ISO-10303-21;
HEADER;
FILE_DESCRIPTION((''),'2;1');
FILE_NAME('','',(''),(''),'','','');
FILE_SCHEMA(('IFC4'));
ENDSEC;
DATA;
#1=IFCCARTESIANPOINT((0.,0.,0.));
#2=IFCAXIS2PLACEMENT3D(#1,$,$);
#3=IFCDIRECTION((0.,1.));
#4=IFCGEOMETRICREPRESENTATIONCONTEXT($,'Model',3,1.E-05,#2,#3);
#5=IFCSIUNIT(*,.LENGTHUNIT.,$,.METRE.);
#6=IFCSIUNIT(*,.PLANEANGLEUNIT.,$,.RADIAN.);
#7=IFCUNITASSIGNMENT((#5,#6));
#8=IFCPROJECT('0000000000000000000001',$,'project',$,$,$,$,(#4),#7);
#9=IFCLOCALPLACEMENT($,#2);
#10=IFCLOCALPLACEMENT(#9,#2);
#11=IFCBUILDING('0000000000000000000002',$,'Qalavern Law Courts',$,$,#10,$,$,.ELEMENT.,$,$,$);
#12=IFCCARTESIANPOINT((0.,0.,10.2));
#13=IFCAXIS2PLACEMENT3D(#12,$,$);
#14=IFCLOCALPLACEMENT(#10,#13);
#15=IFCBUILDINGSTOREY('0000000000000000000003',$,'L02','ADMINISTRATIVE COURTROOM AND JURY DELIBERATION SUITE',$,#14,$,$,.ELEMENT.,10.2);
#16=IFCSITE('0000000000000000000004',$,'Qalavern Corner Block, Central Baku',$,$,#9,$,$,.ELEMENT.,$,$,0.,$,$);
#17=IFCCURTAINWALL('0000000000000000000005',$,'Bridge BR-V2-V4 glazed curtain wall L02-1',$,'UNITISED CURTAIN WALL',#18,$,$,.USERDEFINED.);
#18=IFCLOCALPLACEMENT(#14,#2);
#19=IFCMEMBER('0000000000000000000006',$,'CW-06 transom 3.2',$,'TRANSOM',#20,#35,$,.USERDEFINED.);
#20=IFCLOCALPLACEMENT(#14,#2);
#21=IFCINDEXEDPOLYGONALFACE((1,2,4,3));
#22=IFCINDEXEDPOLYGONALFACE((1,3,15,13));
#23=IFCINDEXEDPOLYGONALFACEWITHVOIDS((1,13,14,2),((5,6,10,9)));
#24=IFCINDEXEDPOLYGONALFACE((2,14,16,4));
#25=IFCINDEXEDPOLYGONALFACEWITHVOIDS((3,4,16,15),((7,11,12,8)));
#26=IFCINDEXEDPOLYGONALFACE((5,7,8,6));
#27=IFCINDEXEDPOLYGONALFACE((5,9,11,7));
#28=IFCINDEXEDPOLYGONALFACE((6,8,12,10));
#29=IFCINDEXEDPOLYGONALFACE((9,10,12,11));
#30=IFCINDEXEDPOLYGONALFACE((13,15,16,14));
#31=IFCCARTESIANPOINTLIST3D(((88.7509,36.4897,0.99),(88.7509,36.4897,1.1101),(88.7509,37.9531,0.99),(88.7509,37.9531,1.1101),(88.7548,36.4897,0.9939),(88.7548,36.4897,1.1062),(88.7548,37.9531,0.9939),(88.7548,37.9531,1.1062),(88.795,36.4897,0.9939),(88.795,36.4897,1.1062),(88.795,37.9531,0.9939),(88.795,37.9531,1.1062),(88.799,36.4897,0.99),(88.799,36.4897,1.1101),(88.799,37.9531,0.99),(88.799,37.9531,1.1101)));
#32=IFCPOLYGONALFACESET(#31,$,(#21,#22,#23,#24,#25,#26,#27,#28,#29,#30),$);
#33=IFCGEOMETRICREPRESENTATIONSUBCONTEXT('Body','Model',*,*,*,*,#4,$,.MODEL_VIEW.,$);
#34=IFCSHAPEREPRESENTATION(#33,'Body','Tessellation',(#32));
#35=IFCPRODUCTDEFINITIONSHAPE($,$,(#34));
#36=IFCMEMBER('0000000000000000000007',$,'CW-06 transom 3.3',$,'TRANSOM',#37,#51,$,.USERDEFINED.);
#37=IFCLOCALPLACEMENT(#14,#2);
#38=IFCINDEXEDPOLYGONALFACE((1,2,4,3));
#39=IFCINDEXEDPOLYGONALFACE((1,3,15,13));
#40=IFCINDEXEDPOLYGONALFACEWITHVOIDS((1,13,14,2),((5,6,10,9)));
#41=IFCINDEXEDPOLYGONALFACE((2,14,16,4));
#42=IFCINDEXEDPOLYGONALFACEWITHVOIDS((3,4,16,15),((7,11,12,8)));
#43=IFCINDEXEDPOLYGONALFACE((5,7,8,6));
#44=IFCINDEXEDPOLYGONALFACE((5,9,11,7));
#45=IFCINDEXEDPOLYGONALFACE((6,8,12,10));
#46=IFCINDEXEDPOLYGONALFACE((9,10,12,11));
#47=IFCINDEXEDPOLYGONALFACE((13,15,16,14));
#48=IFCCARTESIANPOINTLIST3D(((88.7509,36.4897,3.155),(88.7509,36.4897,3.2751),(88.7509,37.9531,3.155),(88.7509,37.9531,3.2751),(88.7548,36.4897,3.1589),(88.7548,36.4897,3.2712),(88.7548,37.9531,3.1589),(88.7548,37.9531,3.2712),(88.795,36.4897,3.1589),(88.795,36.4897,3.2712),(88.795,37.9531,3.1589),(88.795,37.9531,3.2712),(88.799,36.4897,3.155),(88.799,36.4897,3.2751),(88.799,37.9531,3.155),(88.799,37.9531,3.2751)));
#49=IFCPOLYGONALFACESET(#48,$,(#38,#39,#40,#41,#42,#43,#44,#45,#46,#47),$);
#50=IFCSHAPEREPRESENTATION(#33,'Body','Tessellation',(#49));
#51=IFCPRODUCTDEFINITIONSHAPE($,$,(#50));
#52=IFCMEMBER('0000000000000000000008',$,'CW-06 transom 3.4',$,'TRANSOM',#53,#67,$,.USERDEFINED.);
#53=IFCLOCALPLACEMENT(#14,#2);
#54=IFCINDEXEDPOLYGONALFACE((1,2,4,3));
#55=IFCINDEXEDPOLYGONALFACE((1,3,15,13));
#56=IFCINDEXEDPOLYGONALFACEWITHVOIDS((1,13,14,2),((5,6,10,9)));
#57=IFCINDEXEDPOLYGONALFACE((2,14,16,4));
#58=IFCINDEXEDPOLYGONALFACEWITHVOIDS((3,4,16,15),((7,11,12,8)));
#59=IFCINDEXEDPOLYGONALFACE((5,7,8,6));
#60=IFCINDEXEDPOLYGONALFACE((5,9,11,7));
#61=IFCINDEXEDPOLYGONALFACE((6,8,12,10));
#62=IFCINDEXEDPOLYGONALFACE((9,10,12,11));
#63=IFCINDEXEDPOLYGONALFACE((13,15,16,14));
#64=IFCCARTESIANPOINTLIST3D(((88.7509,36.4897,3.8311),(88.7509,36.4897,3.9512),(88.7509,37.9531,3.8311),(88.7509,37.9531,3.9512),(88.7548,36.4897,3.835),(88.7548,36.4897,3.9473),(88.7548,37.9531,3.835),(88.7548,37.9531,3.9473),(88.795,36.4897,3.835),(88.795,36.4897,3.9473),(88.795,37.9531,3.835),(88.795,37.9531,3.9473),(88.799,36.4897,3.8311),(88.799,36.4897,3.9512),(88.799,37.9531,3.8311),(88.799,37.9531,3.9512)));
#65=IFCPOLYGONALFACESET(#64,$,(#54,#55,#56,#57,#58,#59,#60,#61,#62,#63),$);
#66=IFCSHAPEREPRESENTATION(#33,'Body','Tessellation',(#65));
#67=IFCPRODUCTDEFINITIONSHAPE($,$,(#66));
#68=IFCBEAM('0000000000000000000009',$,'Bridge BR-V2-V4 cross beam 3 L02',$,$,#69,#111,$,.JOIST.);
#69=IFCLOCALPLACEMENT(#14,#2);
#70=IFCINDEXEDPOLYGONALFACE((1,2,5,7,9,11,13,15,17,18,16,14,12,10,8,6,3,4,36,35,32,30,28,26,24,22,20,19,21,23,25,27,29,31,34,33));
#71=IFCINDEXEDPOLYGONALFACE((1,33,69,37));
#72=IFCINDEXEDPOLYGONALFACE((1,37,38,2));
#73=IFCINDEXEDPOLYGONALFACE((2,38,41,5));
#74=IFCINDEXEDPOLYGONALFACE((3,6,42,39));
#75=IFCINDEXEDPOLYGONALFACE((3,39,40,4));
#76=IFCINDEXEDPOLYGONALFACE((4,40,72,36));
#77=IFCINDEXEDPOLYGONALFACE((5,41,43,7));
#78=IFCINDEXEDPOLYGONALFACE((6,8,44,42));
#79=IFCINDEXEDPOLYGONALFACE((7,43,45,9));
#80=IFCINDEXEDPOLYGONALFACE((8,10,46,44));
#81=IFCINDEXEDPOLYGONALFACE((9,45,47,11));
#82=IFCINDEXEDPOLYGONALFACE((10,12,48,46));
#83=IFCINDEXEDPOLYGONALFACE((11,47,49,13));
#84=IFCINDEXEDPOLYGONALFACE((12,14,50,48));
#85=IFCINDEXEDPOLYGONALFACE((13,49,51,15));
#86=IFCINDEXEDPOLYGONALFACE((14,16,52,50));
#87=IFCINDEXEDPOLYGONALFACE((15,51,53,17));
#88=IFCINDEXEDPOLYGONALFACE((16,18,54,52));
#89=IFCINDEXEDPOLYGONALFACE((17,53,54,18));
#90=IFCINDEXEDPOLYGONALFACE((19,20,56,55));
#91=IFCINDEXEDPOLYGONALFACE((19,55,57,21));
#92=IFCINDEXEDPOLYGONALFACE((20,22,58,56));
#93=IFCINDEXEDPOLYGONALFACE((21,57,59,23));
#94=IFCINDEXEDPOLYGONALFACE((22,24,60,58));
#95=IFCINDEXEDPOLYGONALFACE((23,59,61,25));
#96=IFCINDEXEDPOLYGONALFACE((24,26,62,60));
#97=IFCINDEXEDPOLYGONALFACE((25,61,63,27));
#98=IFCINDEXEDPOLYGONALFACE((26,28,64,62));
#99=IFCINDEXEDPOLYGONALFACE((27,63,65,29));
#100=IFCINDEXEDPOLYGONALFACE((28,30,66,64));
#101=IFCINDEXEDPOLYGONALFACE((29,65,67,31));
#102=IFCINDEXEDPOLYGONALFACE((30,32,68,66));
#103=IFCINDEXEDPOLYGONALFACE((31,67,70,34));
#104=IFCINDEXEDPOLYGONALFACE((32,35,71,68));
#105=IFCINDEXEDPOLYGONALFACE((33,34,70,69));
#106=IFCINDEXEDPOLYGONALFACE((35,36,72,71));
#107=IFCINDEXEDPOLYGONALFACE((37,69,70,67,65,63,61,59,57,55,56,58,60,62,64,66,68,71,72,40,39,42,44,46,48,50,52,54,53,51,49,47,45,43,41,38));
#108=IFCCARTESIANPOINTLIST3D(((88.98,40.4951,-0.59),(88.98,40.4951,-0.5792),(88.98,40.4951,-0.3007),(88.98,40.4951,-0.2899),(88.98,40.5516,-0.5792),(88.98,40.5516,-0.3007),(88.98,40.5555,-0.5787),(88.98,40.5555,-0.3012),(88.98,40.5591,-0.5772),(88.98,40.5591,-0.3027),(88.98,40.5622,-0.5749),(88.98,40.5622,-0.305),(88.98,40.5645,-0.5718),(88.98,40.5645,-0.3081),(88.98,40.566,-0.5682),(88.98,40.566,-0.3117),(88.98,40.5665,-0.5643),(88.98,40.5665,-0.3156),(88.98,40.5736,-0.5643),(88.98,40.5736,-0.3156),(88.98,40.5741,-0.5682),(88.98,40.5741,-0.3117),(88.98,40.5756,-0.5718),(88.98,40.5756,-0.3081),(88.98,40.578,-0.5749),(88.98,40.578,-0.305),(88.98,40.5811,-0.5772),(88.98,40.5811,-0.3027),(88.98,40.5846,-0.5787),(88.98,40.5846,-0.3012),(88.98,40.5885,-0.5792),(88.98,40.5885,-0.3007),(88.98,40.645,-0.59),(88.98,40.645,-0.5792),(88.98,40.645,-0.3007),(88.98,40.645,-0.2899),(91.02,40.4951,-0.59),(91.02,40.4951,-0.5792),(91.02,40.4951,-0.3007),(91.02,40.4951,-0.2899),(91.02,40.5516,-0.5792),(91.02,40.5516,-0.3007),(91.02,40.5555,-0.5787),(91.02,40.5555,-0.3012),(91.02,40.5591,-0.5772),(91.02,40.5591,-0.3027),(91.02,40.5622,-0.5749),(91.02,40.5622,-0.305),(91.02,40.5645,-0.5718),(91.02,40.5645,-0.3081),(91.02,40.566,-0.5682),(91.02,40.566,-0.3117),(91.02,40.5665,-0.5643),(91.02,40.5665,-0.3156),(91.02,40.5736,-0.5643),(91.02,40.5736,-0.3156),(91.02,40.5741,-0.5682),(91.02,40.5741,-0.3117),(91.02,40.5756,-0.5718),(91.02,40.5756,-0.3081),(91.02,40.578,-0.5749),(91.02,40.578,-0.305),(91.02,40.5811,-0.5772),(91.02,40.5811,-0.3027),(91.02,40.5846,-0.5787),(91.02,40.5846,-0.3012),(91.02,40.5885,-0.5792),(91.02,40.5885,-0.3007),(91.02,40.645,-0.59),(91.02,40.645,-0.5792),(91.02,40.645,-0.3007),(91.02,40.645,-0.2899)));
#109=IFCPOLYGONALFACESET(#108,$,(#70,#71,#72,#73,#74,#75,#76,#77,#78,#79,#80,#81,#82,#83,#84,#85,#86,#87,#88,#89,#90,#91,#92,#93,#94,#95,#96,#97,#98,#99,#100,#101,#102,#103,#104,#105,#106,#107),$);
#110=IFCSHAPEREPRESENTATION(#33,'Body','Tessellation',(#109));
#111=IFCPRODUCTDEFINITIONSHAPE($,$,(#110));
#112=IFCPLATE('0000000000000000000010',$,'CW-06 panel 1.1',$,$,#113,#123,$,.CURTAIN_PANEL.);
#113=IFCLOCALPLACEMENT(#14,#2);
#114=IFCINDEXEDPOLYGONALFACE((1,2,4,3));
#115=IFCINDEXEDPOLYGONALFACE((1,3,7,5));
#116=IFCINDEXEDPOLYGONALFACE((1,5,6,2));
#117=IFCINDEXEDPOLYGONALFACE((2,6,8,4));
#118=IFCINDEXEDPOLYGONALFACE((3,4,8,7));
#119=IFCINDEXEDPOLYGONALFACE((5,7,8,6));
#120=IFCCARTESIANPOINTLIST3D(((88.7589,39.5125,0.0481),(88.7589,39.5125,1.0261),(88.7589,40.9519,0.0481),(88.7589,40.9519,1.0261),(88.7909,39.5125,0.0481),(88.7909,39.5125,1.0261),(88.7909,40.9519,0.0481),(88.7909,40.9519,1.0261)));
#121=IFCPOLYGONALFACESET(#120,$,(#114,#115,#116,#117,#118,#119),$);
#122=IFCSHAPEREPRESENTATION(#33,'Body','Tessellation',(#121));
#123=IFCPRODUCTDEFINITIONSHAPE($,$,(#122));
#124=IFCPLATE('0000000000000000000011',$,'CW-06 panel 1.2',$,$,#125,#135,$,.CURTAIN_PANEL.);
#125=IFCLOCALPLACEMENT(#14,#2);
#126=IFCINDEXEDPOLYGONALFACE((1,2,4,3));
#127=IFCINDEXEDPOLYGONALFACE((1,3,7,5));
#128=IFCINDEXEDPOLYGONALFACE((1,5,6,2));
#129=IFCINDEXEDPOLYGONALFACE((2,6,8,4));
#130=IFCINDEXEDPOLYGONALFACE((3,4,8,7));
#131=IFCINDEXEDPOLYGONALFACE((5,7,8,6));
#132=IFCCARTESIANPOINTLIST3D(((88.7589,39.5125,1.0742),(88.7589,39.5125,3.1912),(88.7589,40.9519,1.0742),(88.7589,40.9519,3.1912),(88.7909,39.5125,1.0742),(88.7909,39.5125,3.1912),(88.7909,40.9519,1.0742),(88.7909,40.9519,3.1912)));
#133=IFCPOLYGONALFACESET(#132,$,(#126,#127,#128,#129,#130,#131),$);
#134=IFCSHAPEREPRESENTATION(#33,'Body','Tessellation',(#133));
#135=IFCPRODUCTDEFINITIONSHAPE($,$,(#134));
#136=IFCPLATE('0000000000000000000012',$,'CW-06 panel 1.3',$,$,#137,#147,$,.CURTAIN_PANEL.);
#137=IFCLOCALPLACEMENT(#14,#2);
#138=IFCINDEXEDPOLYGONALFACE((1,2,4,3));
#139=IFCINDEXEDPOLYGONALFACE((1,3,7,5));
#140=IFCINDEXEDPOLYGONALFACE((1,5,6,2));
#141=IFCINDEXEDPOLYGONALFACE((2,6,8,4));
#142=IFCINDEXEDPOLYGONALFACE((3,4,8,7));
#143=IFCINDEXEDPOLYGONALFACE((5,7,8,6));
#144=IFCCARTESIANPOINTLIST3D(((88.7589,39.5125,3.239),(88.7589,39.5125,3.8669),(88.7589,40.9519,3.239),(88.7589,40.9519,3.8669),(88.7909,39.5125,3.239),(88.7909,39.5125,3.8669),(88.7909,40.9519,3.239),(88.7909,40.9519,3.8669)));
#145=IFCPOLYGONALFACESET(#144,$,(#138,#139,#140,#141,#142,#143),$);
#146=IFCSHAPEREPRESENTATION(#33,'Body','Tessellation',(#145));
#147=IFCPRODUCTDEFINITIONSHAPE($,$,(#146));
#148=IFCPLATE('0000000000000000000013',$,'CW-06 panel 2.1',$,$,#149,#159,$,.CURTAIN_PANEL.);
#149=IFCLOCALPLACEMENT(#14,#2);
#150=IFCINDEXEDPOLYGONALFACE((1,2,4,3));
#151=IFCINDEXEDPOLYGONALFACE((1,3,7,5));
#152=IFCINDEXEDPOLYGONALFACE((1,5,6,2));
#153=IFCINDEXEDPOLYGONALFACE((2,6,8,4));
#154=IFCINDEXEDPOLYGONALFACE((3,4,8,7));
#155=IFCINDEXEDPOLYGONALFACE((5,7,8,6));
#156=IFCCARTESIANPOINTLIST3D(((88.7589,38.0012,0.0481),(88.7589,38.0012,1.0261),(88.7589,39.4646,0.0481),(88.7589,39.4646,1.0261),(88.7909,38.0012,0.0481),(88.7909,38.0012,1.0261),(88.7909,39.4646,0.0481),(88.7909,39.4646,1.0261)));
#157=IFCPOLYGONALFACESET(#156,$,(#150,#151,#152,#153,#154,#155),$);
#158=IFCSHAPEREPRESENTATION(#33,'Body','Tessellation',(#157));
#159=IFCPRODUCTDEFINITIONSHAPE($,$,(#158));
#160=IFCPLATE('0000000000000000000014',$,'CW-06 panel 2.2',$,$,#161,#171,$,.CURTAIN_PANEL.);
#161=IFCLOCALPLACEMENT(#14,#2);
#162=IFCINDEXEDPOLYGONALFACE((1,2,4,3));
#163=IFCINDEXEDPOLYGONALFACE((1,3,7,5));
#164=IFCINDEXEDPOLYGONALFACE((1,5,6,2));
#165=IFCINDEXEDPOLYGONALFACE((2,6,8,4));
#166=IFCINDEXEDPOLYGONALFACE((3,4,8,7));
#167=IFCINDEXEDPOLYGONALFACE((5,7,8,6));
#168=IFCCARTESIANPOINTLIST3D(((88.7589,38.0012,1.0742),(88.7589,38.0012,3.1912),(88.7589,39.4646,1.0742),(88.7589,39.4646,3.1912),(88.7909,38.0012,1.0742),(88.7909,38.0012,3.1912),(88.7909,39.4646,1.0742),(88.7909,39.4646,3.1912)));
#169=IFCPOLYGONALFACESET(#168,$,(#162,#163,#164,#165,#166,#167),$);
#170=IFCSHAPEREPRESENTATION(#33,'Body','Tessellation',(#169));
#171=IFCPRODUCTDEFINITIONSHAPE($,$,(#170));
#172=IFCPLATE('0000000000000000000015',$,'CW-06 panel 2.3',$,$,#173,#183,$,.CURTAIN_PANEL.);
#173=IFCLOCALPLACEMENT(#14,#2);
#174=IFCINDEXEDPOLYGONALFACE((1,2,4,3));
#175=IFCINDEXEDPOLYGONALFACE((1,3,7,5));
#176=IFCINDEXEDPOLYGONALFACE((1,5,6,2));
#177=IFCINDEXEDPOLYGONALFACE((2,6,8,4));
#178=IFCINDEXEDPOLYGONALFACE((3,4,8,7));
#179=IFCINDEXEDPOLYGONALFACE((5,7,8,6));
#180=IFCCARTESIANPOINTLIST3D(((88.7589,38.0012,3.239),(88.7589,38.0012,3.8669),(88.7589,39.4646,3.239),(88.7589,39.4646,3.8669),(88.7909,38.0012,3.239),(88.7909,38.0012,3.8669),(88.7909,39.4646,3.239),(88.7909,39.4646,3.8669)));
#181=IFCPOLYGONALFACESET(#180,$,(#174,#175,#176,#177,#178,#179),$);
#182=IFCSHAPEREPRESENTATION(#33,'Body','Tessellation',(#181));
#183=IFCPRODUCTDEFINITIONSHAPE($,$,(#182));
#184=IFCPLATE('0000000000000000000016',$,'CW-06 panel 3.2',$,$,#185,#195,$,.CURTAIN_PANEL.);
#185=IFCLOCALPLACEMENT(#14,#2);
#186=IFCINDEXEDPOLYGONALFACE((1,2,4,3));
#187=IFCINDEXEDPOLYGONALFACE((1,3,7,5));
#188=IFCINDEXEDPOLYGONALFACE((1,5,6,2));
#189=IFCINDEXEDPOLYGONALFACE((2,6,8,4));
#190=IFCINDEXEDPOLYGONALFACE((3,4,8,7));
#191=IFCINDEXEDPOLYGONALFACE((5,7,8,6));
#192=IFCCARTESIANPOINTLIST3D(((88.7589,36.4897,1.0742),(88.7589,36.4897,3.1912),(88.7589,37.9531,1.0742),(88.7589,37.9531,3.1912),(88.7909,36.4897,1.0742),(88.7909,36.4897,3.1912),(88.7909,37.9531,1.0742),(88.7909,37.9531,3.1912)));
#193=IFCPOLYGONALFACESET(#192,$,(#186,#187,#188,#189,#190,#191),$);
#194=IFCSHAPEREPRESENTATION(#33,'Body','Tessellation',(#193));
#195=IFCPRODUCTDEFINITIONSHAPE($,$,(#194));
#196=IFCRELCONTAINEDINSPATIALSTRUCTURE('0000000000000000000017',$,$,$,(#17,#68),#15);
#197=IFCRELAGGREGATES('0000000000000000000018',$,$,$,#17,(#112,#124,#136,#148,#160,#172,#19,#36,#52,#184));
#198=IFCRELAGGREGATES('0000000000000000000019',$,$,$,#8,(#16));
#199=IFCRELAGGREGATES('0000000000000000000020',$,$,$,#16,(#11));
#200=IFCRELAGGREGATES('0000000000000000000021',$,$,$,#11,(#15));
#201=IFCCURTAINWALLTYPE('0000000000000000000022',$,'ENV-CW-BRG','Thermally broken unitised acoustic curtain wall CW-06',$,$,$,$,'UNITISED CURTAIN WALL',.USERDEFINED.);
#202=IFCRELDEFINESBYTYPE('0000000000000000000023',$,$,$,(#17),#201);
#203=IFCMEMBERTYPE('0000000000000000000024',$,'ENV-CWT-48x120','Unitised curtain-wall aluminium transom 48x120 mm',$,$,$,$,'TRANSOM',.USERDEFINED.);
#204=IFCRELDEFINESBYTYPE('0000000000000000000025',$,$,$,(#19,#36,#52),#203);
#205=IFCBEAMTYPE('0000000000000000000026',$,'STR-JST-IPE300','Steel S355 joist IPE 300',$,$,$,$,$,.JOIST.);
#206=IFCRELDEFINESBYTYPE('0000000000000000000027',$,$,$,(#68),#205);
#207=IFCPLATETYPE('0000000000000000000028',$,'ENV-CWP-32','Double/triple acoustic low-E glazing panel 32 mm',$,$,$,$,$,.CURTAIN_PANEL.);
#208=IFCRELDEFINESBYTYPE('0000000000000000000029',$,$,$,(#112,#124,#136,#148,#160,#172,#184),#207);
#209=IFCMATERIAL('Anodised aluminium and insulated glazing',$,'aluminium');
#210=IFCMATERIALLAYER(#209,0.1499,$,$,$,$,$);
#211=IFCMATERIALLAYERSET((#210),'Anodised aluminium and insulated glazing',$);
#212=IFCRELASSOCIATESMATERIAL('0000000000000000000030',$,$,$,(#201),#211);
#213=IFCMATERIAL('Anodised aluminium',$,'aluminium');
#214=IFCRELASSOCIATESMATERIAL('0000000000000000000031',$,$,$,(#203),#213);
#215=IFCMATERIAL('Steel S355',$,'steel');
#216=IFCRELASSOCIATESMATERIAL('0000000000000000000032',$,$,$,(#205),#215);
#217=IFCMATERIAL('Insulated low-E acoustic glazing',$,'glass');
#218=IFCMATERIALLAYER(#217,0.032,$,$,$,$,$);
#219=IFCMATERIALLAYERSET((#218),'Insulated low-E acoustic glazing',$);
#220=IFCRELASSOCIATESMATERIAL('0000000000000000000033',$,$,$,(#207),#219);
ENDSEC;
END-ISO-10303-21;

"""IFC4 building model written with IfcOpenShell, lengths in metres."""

from ifc_helpers import new_model, si_unit, direction, frame, origin, origin_2d, place, context, subcontext, project, spatial, rectangle, hollow_rectangle, i_section, extrude, material, layer, layer_set, material_profile, profile_set, type_object, element, aggregate, save


model = new_model("IFC4")

# Units and contexts
model_context = context("Model", 3, precision=1e-05, world=origin(), true_north=direction((0.0, 1.0)))
body_context = subcontext(model_context, "Body", "Model", "MODEL_VIEW")
ifc_project = project(units=[si_unit("LENGTHUNIT", "METRE"), si_unit("PLANEANGLEUNIT", "RADIAN")], contexts=[model_context])

# Site, building, storey
site_placement = place(None, origin())
site = spatial("IfcSite", under=ifc_project, at=site_placement, Name="Qalavern Corner Block, Central Baku", CompositionType="ELEMENT", RefElevation=0.0)
building_placement = place(site_placement, origin())
building = spatial("IfcBuilding", under=site, at=building_placement, Name="Qalavern Law Courts", CompositionType="ELEMENT")
storey_placement = place(building_placement, frame((0.0, 0.0, 10.2)))
storey = spatial("IfcBuildingStorey", under=building, at=storey_placement, Name="L02", Description="ADMINISTRATIVE COURTROOM AND JURY DELIBERATION SUITE", CompositionType="ELEMENT", Elevation=10.2)

# Curtain wall, members
ifc_material_1 = material(Name="Anodised aluminium and insulated glazing", Category="aluminium")
ifc_layer_1 = layer(ifc_material_1, 0.1499)
ifc_layer_set_1 = layer_set([ifc_layer_1], Name="Anodised aluminium and insulated glazing")
curtain_wall_type = type_object("IfcCurtainWallType", Name="ENV-CW-BRG", Description="Thermally broken unitised acoustic curtain wall CW-06", ElementType="UNITISED CURTAIN WALL", PredefinedType="USERDEFINED", material=ifc_layer_set_1)
curtain_wall_placement = place(storey_placement, origin())
curtain_wall = element("IfcCurtainWall", 1, at=curtain_wall_placement, inside=storey, type_object=curtain_wall_type, Name="Bridge BR-V2-V4 glazed curtain wall L02-1", ObjectType="UNITISED CURTAIN WALL", PredefinedType="USERDEFINED")
ifc_material_2 = material(Name="Anodised aluminium", Category="aluminium")
ifc_material_profile_1 = material_profile(ifc_material_2, hollow_rectangle(XDim=0.0481, YDim=0.1201, WallThickness=0.0039, at=origin_2d()), Name="ALU TRANSOM 48x120")
ifc_profile_set_1 = profile_set([ifc_material_profile_1], Name="Anodised aluminium")
member_type_1 = type_object("IfcMemberType", Name="ENV-CWT-48x120", Description="Unitised curtain-wall aluminium transom 48x120 mm", ElementType="TRANSOM", PredefinedType="USERDEFINED", material=ifc_profile_set_1)
member_1_placement = place(storey_placement, frame((88.7749, 37.9531, 1.05), z_axis=(0.0, -1.0, 0.0), x_axis=(1.0, 0.0, 0.0)))
member_1 = element("IfcMember", 2, at=member_1_placement, type_object=member_type_1, Name="CW-06 transom 3.2", ObjectType="TRANSOM", PredefinedType="USERDEFINED", context=body_context, shape_type="SweptSolid", body=[
    extrude(hollow_rectangle(XDim=0.0481, YDim=0.1201, WallThickness=0.0039, at=origin_2d()), origin(), (0.0, 0.0, 1.0), 1.4634),
])
member_2_placement = place(storey_placement, frame((88.7749, 37.9531, 3.2151), z_axis=(0.0, -1.0, 0.0), x_axis=(1.0, 0.0, 0.0)))
member_2 = element("IfcMember", 3, at=member_2_placement, type_object=member_type_1, Name="CW-06 transom 3.3", ObjectType="TRANSOM", PredefinedType="USERDEFINED", context=body_context, shape_type="SweptSolid", body=[
    extrude(hollow_rectangle(XDim=0.0481, YDim=0.1201, WallThickness=0.0039, at=origin_2d()), origin(), (0.0, 0.0, 1.0), 1.4634),
])
member_3_placement = place(storey_placement, frame((88.7749, 37.9531, 3.8911), z_axis=(0.0, -1.0, 0.0), x_axis=(1.0, 0.0, 0.0)))
member_3 = element("IfcMember", 4, at=member_3_placement, type_object=member_type_1, Name="CW-06 transom 3.4", ObjectType="TRANSOM", PredefinedType="USERDEFINED", context=body_context, shape_type="SweptSolid", body=[
    extrude(hollow_rectangle(XDim=0.0481, YDim=0.1201, WallThickness=0.0039, at=origin_2d()), origin(), (0.0, 0.0, 1.0), 1.4634),
])

# Beam
ifc_material_3 = material(Name="Steel S355", Category="steel")
ifc_material_profile_2 = material_profile(ifc_material_3, i_section(OverallWidth=0.1499, OverallDepth=0.3, WebThickness=0.0071, FlangeThickness=0.0107, FilletRadius=0.0149, at=origin_2d()), Name="IPE 300")
ifc_profile_set_2 = profile_set([ifc_material_profile_2], Name="Steel S355")
beam_type = type_object("IfcBeamType", Name="STR-JST-IPE300", Description="Steel S355 joist IPE 300", PredefinedType="JOIST", material=ifc_profile_set_2)
beam_placement = place(storey_placement, frame((88.98, 40.5701, -0.4399), z_axis=(1.0, 0.0, 0.0), x_axis=(0.0, 1.0, 0.0)))
element("IfcBeam", 5, at=beam_placement, inside=storey, type_object=beam_type, Name="Bridge BR-V2-V4 cross beam 3 L02", PredefinedType="JOIST", context=body_context, shape_type="SweptSolid", body=[
    extrude(i_section(OverallWidth=0.1499, OverallDepth=0.3, WebThickness=0.0071, FlangeThickness=0.0107, FilletRadius=0.0149, at=origin_2d()), origin(), (0.0, 0.0, 1.0), 2.04),
])

# Plates
ifc_material_4 = material(Name="Insulated low-E acoustic glazing", Category="glass")
ifc_layer_2 = layer(ifc_material_4, 0.032)
ifc_layer_set_2 = layer_set([ifc_layer_2], Name="Insulated low-E acoustic glazing")
plate_type = type_object("IfcPlateType", Name="ENV-CWP-32", Description="Double/triple acoustic low-E glazing panel 32 mm", PredefinedType="CURTAIN_PANEL", material=ifc_layer_set_2)
plate_1_placement = place(storey_placement, frame((88.7749, 40.2322, 0.0481), z_axis=(0.0, 0.0, 1.0), x_axis=(0.0, -1.0, 0.0)))
plate_1 = element("IfcPlate", 6, at=plate_1_placement, type_object=plate_type, Name="CW-06 panel 1.1", PredefinedType="CURTAIN_PANEL", context=body_context, shape_type="SweptSolid", body=[
    extrude(rectangle(XDim=1.4395, YDim=0.032, at=origin_2d()), origin(), (0.0, 0.0, 1.0), 0.978),
])
plate_2_placement = place(storey_placement, frame((88.7749, 40.2322, 1.0742), z_axis=(0.0, 0.0, 1.0), x_axis=(0.0, -1.0, 0.0)))
plate_2 = element("IfcPlate", 7, at=plate_2_placement, type_object=plate_type, Name="CW-06 panel 1.2", PredefinedType="CURTAIN_PANEL", context=body_context, shape_type="SweptSolid", body=[
    extrude(rectangle(XDim=1.4395, YDim=0.032, at=origin_2d()), origin(), (0.0, 0.0, 1.0), 2.1169),
])
plate_3_placement = place(storey_placement, frame((88.7749, 40.2322, 3.239), z_axis=(0.0, 0.0, 1.0), x_axis=(0.0, -1.0, 0.0)))
plate_3 = element("IfcPlate", 8, at=plate_3_placement, type_object=plate_type, Name="CW-06 panel 1.3", PredefinedType="CURTAIN_PANEL", context=body_context, shape_type="SweptSolid", body=[
    extrude(rectangle(XDim=1.4395, YDim=0.032, at=origin_2d()), origin(), (0.0, 0.0, 1.0), 0.6279),
])
plate_4_placement = place(storey_placement, frame((88.7749, 38.7329, 0.0481), z_axis=(0.0, 0.0, 1.0), x_axis=(0.0, -1.0, 0.0)))
plate_4 = element("IfcPlate", 9, at=plate_4_placement, type_object=plate_type, Name="CW-06 panel 2.1", PredefinedType="CURTAIN_PANEL", context=body_context, shape_type="SweptSolid", body=[
    extrude(rectangle(XDim=1.4634, YDim=0.032, at=origin_2d()), origin(), (0.0, 0.0, 1.0), 0.978),
])
plate_5_placement = place(storey_placement, frame((88.7749, 38.7329, 1.0742), z_axis=(0.0, 0.0, 1.0), x_axis=(0.0, -1.0, 0.0)))
plate_5 = element("IfcPlate", 10, at=plate_5_placement, type_object=plate_type, Name="CW-06 panel 2.2", PredefinedType="CURTAIN_PANEL", context=body_context, shape_type="SweptSolid", body=[
    extrude(rectangle(XDim=1.4634, YDim=0.032, at=origin_2d()), origin(), (0.0, 0.0, 1.0), 2.1169),
])
plate_6_placement = place(storey_placement, frame((88.7749, 38.7329, 3.239), z_axis=(0.0, 0.0, 1.0), x_axis=(0.0, -1.0, 0.0)))
plate_6 = element("IfcPlate", 11, at=plate_6_placement, type_object=plate_type, Name="CW-06 panel 2.3", PredefinedType="CURTAIN_PANEL", context=body_context, shape_type="SweptSolid", body=[
    extrude(rectangle(XDim=1.4634, YDim=0.032, at=origin_2d()), origin(), (0.0, 0.0, 1.0), 0.6279),
])
plate_7_placement = place(storey_placement, frame((88.7749, 37.2214, 1.0742), z_axis=(0.0, 0.0, 1.0), x_axis=(0.0, -1.0, 0.0)))
plate_7 = element("IfcPlate", 12, at=plate_7_placement, type_object=plate_type, Name="CW-06 panel 3.2", PredefinedType="CURTAIN_PANEL", context=body_context, shape_type="SweptSolid", body=[
    extrude(rectangle(XDim=1.4634, YDim=0.032, at=origin_2d()), origin(), (0.0, 0.0, 1.0), 2.1169),
])
aggregate(curtain_wall, [plate_1, plate_2, plate_3, plate_4, plate_5, plate_6, member_1, member_2, member_3, plate_7])

save(model, "model.ifc")
